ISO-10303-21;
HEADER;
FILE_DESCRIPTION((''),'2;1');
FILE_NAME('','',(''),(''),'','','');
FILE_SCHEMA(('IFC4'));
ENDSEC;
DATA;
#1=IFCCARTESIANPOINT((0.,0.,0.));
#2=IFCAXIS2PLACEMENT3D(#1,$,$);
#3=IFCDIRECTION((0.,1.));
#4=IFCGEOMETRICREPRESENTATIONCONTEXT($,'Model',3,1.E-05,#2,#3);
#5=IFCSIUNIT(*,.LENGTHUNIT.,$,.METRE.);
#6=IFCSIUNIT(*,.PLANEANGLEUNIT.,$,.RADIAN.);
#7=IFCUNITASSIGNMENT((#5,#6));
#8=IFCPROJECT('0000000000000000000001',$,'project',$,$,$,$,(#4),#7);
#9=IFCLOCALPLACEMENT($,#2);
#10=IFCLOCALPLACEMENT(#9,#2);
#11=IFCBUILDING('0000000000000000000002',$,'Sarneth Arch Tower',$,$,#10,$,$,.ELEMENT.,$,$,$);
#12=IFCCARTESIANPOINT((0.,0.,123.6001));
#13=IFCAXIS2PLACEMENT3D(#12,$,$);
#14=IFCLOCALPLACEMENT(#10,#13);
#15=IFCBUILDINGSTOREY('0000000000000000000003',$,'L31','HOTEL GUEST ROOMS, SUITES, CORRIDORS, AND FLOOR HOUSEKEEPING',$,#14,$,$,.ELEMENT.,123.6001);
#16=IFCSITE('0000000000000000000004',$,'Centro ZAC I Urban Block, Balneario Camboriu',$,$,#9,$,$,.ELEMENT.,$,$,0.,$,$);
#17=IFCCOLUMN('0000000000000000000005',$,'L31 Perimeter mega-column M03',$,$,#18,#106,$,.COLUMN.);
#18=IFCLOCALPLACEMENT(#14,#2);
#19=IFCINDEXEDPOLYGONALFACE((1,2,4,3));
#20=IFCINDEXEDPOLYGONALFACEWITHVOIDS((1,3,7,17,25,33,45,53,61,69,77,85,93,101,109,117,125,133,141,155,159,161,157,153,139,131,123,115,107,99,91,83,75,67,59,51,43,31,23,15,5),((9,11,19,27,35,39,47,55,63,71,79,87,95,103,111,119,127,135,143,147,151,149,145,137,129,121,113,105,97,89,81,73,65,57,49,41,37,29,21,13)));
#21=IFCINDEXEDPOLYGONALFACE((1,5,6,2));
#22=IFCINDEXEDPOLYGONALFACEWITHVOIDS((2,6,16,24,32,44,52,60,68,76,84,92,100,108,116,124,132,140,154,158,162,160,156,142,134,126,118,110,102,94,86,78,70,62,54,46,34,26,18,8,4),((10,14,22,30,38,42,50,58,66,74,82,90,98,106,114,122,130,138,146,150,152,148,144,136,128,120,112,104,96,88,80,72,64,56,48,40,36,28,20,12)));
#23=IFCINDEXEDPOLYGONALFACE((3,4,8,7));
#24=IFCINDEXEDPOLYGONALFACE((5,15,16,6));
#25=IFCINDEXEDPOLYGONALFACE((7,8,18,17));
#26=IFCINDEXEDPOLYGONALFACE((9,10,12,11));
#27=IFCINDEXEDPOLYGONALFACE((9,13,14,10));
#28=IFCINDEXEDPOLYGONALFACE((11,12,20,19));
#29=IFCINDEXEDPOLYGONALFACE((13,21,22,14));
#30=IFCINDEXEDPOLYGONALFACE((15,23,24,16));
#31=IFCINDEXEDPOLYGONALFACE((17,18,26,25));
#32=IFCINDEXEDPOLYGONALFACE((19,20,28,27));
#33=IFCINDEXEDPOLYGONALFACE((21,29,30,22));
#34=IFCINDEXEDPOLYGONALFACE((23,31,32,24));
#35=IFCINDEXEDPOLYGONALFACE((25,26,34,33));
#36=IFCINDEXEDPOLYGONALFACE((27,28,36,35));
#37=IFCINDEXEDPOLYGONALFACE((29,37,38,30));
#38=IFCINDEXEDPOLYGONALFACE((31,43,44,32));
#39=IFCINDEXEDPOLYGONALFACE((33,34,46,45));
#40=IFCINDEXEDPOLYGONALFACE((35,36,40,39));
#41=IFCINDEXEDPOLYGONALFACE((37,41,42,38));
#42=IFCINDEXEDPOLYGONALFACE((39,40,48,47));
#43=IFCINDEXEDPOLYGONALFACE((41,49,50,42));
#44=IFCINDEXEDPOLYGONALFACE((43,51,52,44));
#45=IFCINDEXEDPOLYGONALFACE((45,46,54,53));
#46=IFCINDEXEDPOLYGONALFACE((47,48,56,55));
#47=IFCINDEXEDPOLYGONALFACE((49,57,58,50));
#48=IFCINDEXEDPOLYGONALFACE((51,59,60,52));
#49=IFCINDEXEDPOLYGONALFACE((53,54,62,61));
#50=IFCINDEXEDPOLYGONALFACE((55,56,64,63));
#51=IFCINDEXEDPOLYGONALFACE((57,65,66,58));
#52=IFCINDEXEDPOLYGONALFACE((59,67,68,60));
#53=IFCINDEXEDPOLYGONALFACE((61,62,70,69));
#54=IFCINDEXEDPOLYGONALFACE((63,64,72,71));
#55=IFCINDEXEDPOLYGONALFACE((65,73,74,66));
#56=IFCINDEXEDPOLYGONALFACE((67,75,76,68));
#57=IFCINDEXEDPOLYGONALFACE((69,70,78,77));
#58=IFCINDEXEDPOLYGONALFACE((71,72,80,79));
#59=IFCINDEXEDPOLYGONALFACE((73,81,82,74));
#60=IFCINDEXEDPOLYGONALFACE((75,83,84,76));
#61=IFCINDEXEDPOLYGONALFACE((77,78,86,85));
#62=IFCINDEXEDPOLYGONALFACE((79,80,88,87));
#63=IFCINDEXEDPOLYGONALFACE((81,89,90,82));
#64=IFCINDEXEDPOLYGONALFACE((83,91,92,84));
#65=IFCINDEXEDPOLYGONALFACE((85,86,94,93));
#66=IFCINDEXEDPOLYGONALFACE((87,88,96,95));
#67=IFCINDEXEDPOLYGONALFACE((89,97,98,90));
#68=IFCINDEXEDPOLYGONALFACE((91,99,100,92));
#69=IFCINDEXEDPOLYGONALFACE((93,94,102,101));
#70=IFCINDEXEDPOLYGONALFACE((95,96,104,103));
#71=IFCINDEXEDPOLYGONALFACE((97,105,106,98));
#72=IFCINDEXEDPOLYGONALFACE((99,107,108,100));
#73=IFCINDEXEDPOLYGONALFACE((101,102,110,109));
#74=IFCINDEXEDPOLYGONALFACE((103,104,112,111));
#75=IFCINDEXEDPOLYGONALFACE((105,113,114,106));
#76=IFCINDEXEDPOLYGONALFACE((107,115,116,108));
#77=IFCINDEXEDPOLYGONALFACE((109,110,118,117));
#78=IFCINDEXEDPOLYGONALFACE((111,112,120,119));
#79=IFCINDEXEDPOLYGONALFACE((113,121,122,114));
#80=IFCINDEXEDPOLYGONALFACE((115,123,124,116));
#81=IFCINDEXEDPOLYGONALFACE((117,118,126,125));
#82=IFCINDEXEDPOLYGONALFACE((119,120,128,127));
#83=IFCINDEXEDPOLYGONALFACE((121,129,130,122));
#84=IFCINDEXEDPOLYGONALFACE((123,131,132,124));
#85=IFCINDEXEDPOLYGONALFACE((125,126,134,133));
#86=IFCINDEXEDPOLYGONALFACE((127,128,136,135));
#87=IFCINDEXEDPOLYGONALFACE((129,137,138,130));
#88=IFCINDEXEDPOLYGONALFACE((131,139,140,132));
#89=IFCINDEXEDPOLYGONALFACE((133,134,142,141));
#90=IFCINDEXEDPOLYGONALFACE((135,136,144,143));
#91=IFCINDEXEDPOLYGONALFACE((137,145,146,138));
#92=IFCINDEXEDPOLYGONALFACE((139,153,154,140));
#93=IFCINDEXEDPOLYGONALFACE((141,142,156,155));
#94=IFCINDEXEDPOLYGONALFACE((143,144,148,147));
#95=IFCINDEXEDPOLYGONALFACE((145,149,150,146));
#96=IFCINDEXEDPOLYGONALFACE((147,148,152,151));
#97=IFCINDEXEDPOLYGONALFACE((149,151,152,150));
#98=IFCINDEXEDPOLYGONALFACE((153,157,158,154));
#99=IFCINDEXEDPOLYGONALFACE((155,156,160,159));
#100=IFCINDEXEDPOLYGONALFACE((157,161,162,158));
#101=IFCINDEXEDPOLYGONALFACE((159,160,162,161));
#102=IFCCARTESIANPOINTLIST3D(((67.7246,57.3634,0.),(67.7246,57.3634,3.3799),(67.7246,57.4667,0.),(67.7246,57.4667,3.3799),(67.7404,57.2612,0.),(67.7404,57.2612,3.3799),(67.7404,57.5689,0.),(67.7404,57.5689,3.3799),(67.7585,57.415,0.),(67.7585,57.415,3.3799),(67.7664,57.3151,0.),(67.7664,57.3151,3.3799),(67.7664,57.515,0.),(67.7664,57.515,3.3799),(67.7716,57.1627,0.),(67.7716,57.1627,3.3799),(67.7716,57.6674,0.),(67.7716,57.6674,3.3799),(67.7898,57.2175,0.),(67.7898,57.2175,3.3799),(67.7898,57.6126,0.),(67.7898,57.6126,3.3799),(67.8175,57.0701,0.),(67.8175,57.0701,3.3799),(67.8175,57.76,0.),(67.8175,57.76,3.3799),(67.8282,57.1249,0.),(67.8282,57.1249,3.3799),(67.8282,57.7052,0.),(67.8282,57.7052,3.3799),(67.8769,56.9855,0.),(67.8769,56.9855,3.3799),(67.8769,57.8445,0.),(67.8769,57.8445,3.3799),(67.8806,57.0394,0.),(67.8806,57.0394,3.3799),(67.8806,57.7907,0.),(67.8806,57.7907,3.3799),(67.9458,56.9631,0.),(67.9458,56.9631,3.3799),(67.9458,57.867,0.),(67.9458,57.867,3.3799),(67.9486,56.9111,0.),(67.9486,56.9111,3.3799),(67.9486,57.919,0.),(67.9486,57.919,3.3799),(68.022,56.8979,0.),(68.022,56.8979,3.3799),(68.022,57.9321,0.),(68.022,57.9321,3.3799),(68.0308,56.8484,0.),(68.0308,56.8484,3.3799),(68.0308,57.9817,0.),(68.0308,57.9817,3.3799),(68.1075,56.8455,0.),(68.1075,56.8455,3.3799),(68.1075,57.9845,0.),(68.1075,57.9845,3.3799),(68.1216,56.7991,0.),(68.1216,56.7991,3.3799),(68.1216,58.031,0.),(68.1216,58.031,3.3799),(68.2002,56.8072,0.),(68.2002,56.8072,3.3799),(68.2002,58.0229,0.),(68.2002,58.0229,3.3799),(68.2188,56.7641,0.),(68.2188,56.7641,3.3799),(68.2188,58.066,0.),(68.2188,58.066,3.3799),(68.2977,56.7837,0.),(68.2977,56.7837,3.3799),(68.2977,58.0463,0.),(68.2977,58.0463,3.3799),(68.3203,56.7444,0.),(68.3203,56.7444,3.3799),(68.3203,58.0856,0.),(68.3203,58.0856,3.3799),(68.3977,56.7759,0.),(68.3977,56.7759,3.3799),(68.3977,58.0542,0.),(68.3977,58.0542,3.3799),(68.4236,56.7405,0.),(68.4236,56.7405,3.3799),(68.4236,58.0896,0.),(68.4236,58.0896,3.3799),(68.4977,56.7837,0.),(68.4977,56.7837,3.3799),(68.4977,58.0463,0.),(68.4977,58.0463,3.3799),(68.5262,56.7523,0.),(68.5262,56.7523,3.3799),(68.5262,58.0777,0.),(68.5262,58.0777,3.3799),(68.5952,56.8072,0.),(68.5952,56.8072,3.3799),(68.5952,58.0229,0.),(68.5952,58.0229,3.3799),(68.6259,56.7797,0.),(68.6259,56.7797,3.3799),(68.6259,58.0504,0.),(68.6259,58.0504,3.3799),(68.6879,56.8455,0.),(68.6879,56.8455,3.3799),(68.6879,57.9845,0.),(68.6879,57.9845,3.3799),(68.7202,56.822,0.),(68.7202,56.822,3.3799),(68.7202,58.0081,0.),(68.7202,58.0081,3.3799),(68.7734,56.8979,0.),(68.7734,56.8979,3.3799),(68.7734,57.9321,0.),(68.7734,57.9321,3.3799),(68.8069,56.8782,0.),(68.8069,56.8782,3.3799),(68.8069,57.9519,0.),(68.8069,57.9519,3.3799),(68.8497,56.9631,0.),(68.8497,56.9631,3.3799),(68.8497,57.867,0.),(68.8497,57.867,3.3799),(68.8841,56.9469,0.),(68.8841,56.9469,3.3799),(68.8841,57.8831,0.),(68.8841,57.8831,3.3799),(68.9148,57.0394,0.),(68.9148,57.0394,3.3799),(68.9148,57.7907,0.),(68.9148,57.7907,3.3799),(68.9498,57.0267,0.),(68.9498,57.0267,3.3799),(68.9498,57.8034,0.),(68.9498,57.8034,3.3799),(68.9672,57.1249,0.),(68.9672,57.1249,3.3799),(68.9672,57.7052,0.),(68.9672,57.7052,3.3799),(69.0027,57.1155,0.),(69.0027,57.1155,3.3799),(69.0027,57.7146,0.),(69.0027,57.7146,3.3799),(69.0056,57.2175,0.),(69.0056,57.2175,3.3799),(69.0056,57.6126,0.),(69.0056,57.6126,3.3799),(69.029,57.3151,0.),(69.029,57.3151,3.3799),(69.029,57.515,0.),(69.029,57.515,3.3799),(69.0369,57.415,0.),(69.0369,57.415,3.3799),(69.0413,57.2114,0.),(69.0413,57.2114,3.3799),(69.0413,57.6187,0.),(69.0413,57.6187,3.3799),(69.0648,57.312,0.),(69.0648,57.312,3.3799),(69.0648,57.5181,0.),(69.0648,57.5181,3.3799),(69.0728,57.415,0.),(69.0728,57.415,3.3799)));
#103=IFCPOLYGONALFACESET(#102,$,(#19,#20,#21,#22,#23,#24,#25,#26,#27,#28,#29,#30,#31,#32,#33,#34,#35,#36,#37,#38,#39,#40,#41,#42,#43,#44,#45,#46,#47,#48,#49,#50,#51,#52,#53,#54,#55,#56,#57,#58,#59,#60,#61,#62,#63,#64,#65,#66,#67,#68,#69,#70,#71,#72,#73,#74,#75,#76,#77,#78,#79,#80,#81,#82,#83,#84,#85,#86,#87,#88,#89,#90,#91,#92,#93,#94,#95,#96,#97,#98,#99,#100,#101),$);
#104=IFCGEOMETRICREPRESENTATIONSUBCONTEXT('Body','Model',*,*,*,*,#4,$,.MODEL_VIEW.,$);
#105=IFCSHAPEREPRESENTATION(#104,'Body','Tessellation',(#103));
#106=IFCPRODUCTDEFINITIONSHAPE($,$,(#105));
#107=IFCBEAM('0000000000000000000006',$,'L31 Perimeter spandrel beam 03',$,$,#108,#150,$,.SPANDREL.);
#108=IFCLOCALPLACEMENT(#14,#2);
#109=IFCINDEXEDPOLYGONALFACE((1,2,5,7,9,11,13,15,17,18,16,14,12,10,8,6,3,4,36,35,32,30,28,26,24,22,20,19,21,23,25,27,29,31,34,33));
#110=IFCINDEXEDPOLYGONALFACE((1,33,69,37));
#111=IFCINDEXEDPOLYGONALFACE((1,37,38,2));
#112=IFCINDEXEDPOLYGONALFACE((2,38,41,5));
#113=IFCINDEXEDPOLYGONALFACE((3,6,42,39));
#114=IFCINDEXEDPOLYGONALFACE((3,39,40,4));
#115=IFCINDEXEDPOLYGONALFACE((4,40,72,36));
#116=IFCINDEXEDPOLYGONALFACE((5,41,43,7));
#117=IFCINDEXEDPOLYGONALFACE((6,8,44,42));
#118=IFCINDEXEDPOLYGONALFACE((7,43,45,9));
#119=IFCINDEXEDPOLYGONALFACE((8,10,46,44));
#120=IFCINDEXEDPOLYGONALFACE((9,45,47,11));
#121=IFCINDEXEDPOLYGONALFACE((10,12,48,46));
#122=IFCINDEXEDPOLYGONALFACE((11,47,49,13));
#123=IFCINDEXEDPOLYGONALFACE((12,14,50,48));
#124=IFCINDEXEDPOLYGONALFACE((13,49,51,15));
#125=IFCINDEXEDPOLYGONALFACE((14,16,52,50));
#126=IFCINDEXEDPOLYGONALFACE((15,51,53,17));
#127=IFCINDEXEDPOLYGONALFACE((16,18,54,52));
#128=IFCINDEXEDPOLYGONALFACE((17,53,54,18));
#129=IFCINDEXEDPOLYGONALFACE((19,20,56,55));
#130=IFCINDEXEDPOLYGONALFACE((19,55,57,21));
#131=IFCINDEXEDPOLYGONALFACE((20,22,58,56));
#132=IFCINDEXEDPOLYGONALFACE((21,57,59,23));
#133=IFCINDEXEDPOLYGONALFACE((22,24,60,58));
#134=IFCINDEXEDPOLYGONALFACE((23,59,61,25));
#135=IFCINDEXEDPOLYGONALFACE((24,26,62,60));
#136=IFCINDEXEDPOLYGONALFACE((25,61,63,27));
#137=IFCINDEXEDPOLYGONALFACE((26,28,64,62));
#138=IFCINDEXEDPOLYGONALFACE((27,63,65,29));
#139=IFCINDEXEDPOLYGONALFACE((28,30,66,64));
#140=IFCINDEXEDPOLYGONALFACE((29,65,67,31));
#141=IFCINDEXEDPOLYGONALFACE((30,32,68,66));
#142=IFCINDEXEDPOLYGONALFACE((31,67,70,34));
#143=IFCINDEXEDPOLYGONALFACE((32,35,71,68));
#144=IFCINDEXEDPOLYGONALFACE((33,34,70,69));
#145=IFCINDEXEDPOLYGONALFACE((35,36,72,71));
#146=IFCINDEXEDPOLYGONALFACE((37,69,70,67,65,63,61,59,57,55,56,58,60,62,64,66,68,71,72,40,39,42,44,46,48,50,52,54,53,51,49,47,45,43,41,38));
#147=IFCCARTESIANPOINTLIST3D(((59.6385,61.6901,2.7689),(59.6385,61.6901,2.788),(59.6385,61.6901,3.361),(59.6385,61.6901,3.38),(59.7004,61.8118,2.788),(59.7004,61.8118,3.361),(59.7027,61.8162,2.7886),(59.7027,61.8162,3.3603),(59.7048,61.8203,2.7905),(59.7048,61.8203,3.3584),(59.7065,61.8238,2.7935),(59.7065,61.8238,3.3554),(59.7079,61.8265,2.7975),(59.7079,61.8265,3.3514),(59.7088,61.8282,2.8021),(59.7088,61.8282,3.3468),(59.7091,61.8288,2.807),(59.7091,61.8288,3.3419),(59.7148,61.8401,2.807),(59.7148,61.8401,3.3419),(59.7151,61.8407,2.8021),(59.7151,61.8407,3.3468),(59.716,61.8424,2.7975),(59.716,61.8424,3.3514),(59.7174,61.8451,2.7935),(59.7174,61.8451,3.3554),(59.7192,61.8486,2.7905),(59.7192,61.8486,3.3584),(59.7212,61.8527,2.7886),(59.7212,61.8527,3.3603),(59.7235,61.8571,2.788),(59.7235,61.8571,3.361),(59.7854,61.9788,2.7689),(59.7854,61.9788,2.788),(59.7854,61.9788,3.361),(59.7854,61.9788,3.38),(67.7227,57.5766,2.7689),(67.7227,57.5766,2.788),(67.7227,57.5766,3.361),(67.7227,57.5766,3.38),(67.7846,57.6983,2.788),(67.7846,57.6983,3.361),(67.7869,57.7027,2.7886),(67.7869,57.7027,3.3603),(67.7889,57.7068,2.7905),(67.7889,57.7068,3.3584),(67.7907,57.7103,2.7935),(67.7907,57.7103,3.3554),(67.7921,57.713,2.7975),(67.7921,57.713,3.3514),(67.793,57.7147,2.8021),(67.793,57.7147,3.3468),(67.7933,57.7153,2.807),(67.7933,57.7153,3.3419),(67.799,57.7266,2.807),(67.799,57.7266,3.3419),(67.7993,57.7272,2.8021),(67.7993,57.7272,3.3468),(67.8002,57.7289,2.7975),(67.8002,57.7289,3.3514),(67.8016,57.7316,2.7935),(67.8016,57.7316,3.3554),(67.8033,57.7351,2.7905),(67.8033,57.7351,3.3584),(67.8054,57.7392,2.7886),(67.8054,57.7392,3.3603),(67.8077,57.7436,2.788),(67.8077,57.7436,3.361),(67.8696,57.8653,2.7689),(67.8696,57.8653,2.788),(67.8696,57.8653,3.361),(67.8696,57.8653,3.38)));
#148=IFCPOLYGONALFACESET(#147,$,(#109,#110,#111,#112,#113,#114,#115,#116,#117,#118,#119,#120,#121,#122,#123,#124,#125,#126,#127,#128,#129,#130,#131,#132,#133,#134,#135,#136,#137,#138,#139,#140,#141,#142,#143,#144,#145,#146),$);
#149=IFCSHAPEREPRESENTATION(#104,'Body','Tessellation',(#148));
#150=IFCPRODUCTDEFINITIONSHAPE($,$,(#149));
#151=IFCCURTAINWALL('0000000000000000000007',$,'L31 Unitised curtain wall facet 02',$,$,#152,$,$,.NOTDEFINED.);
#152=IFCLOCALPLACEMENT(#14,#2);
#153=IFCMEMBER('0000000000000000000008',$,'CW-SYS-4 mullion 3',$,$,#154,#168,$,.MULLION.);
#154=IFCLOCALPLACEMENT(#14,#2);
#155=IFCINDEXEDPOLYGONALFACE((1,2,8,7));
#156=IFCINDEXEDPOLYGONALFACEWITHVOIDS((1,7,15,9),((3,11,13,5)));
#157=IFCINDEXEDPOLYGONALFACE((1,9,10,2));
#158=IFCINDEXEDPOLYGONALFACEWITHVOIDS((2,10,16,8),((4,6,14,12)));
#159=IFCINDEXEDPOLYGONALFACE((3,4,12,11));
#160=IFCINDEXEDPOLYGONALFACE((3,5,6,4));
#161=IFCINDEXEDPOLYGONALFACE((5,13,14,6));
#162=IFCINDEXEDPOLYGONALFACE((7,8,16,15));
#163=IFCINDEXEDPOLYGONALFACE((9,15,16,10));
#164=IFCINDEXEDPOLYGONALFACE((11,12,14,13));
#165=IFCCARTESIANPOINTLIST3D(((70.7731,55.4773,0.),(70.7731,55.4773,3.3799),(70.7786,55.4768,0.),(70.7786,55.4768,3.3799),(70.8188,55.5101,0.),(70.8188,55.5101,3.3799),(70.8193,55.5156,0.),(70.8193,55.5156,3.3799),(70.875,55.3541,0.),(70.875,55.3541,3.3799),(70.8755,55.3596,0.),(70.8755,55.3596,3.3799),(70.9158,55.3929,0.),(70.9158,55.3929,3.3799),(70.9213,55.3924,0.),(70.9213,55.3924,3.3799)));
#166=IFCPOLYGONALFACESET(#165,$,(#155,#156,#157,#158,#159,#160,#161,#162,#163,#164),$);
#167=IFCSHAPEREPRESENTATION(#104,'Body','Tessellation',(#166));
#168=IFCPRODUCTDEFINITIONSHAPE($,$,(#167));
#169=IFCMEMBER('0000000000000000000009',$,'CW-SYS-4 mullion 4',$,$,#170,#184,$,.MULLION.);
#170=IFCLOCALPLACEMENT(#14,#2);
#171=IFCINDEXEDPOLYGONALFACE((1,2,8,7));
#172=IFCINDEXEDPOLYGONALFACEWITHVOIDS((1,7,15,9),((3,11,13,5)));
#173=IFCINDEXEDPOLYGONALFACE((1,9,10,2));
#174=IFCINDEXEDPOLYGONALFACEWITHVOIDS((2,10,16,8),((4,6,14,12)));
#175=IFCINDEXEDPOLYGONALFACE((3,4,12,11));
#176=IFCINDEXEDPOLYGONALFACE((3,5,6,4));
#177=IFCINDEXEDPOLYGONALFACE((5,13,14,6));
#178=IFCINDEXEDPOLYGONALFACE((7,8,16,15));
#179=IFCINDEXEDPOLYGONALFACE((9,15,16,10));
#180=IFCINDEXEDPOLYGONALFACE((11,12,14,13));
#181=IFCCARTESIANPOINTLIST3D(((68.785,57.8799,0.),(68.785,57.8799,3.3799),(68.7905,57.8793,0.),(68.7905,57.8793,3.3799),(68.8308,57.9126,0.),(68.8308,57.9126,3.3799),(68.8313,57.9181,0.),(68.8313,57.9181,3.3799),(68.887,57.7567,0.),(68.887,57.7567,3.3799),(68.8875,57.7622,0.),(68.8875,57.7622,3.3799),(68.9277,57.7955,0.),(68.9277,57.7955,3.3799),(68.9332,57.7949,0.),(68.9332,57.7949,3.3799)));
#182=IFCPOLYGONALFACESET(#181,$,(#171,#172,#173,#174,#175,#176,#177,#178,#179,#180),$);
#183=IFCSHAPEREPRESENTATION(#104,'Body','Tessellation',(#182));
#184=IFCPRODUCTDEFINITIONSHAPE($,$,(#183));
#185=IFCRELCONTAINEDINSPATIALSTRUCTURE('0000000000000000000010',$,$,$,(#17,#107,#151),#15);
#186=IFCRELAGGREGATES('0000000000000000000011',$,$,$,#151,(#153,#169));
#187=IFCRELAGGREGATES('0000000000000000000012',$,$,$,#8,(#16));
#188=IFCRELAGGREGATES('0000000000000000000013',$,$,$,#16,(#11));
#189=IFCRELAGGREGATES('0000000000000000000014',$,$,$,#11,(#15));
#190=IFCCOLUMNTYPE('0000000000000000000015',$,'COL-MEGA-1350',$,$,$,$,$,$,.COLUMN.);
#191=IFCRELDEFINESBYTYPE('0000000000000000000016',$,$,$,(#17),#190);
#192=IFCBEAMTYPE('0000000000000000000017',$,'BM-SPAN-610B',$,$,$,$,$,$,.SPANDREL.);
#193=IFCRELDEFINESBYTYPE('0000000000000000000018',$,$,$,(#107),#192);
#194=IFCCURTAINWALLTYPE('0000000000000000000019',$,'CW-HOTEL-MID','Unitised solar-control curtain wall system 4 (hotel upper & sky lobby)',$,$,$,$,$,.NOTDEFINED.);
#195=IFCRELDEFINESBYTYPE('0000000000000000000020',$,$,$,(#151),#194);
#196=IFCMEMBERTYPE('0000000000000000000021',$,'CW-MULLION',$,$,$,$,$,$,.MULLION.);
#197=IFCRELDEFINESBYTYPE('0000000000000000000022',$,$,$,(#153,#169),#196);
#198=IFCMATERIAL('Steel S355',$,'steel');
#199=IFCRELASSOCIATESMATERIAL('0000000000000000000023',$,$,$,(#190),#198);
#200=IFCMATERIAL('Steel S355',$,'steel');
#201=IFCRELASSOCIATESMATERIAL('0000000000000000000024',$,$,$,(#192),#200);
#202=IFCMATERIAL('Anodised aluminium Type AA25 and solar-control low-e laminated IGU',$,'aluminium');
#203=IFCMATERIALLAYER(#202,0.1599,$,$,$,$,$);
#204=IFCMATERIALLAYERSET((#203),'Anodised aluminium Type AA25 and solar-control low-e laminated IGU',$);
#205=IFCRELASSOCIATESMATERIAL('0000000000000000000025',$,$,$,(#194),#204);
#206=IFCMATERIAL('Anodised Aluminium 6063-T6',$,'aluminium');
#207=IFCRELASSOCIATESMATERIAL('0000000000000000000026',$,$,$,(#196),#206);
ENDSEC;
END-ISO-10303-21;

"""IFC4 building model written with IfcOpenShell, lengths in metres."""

from ifc_helpers import new_model, si_unit, direction, frame, origin, origin_2d, place, context, subcontext, project, spatial, hollow_rectangle, hollow_circle, i_section, extrude, material, layer, layer_set, material_profile, profile_set, type_object, element, aggregate, save


model = new_model("IFC4")

# Units and contexts
model_context = context("Model", 3, precision=1e-05, world=origin(), true_north=direction((0.0, 1.0)))
body_context = subcontext(model_context, "Body", "Model", "MODEL_VIEW")
ifc_project = project(units=[si_unit("LENGTHUNIT", "METRE"), si_unit("PLANEANGLEUNIT", "RADIAN")], contexts=[model_context])

# Site, building, storey
site_placement = place(None, origin())
site = spatial("IfcSite", under=ifc_project, at=site_placement, Name="Centro ZAC I Urban Block, Balneario Camboriu", CompositionType="ELEMENT", RefElevation=0.0)
building_placement = place(site_placement, origin())
building = spatial("IfcBuilding", under=site, at=building_placement, Name="Sarneth Arch Tower", CompositionType="ELEMENT")
storey_placement = place(building_placement, frame((0.0, 0.0, 123.6001)))
storey = spatial("IfcBuildingStorey", under=building, at=storey_placement, Name="L31", Description="HOTEL GUEST ROOMS, SUITES, CORRIDORS, AND FLOOR HOUSEKEEPING", CompositionType="ELEMENT", Elevation=123.6001)

# Column
ifc_material_1 = material(Name="Steel S355", Category="steel")
ifc_material_profile_1 = material_profile(ifc_material_1, hollow_circle(Radius=0.675, WallThickness=0.0359, at=origin_2d()), Name="CHS1350x36")
ifc_profile_set_1 = profile_set([ifc_material_profile_1], Name="Steel S355")
column_type = type_object("IfcColumnType", Name="COL-MEGA-1350", PredefinedType="COLUMN", material=ifc_profile_set_1)
column_placement = place(storey_placement, frame((68.3977, 57.415, 0.0), z_axis=(0.0, 0.0, 1.0), x_axis=(1.0, 0.0, 0.0)))
element("IfcColumn", 1, at=column_placement, inside=storey, type_object=column_type, Name="L31 Perimeter mega-column M03", PredefinedType="COLUMN", context=body_context, shape_type="SweptSolid", body=[
    extrude(hollow_circle(Radius=0.675, WallThickness=0.0359, at=origin_2d()), origin(), (0.0, 0.0, 1.0), 3.3799),
])

# Beam
ifc_material_2 = material(Name="Steel S355", Category="steel")
ifc_material_profile_2 = material_profile(ifc_material_2, i_section(OverallWidth=0.324, OverallDepth=0.6111, WebThickness=0.0127, FlangeThickness=0.019, FilletRadius=0.019, at=origin_2d()), Name="W610x155")
ifc_profile_set_2 = profile_set([ifc_material_profile_2], Name="Steel S355")
beam_type = type_object("IfcBeamType", Name="BM-SPAN-610B", PredefinedType="SPANDREL", material=ifc_profile_set_2)
beam_placement = place(storey_placement, frame((67.7961, 57.7209, 3.0745), z_axis=(-0.891256, 0.453501, 0.0), x_axis=(-0.453501, -0.891256, 0.0)))
element("IfcBeam", 2, at=beam_placement, inside=storey, type_object=beam_type, Name="L31 Perimeter spandrel beam 03", PredefinedType="SPANDREL", context=body_context, shape_type="SweptSolid", body=[
    extrude(i_section(OverallWidth=0.324, OverallDepth=0.6111, WebThickness=0.0127, FlangeThickness=0.019, FilletRadius=0.019, at=origin_2d()), origin(), (0.0, 0.0, 1.0), 9.0706),
])

# Curtain wall, members
ifc_material_3 = material(Name="Anodised aluminium Type AA25 and solar-control low-e laminated IGU", Category="aluminium")
ifc_layer_1 = layer(ifc_material_3, 0.1599)
ifc_layer_set_1 = layer_set([ifc_layer_1], Name="Anodised aluminium Type AA25 and solar-control low-e laminated IGU")
curtain_wall_type = type_object("IfcCurtainWallType", Name="CW-HOTEL-MID", Description="Unitised solar-control curtain wall system 4 (hotel upper & sky lobby)", PredefinedType="NOTDEFINED", material=ifc_layer_set_1)
curtain_wall_placement = place(storey_placement, origin())
curtain_wall = element("IfcCurtainWall", 3, at=curtain_wall_placement, inside=storey, type_object=curtain_wall_type, Name="L31 Unitised curtain wall facet 02", PredefinedType="NOTDEFINED")
ifc_material_4 = material(Name="Anodised Aluminium 6063-T6", Category="aluminium")
ifc_material_profile_3 = material_profile(ifc_material_4, hollow_rectangle(XDim=0.0601, YDim=0.1599, WallThickness=0.0039, at=origin_2d()), Name="AL-MULL-160x60x4")
ifc_profile_set_3 = profile_set([ifc_material_profile_3], Name="Anodised Aluminium 6063-T6")
member_type_1 = type_object("IfcMemberType", Name="CW-MULLION", PredefinedType="MULLION", material=ifc_profile_set_3)
member_1_placement = place(storey_placement, frame((70.8472, 55.4348, 0.0), z_axis=(0.0, 0.0, 1.0), x_axis=(-0.770438, -0.637515, 0.0)))
member_1 = element("IfcMember", 4, at=member_1_placement, type_object=member_type_1, Name="CW-SYS-4 mullion 3", PredefinedType="MULLION", context=body_context, shape_type="SweptSolid", body=[
    extrude(hollow_rectangle(XDim=0.0601, YDim=0.1599, WallThickness=0.0039, at=origin_2d()), origin(), (0.0, 0.0, 1.0), 3.3799),
])
member_2_placement = place(storey_placement, frame((68.8591, 57.8374, 0.0), z_axis=(0.0, 0.0, 1.0), x_axis=(-0.770438, -0.637515, 0.0)))
member_2 = element("IfcMember", 5, at=member_2_placement, type_object=member_type_1, Name="CW-SYS-4 mullion 4", PredefinedType="MULLION", context=body_context, shape_type="SweptSolid", body=[
    extrude(hollow_rectangle(XDim=0.0601, YDim=0.1599, WallThickness=0.0039, at=origin_2d()), origin(), (0.0, 0.0, 1.0), 3.3799),
])

aggregate(curtain_wall, [member_1, member_2])

save(model, "model.ifc")
